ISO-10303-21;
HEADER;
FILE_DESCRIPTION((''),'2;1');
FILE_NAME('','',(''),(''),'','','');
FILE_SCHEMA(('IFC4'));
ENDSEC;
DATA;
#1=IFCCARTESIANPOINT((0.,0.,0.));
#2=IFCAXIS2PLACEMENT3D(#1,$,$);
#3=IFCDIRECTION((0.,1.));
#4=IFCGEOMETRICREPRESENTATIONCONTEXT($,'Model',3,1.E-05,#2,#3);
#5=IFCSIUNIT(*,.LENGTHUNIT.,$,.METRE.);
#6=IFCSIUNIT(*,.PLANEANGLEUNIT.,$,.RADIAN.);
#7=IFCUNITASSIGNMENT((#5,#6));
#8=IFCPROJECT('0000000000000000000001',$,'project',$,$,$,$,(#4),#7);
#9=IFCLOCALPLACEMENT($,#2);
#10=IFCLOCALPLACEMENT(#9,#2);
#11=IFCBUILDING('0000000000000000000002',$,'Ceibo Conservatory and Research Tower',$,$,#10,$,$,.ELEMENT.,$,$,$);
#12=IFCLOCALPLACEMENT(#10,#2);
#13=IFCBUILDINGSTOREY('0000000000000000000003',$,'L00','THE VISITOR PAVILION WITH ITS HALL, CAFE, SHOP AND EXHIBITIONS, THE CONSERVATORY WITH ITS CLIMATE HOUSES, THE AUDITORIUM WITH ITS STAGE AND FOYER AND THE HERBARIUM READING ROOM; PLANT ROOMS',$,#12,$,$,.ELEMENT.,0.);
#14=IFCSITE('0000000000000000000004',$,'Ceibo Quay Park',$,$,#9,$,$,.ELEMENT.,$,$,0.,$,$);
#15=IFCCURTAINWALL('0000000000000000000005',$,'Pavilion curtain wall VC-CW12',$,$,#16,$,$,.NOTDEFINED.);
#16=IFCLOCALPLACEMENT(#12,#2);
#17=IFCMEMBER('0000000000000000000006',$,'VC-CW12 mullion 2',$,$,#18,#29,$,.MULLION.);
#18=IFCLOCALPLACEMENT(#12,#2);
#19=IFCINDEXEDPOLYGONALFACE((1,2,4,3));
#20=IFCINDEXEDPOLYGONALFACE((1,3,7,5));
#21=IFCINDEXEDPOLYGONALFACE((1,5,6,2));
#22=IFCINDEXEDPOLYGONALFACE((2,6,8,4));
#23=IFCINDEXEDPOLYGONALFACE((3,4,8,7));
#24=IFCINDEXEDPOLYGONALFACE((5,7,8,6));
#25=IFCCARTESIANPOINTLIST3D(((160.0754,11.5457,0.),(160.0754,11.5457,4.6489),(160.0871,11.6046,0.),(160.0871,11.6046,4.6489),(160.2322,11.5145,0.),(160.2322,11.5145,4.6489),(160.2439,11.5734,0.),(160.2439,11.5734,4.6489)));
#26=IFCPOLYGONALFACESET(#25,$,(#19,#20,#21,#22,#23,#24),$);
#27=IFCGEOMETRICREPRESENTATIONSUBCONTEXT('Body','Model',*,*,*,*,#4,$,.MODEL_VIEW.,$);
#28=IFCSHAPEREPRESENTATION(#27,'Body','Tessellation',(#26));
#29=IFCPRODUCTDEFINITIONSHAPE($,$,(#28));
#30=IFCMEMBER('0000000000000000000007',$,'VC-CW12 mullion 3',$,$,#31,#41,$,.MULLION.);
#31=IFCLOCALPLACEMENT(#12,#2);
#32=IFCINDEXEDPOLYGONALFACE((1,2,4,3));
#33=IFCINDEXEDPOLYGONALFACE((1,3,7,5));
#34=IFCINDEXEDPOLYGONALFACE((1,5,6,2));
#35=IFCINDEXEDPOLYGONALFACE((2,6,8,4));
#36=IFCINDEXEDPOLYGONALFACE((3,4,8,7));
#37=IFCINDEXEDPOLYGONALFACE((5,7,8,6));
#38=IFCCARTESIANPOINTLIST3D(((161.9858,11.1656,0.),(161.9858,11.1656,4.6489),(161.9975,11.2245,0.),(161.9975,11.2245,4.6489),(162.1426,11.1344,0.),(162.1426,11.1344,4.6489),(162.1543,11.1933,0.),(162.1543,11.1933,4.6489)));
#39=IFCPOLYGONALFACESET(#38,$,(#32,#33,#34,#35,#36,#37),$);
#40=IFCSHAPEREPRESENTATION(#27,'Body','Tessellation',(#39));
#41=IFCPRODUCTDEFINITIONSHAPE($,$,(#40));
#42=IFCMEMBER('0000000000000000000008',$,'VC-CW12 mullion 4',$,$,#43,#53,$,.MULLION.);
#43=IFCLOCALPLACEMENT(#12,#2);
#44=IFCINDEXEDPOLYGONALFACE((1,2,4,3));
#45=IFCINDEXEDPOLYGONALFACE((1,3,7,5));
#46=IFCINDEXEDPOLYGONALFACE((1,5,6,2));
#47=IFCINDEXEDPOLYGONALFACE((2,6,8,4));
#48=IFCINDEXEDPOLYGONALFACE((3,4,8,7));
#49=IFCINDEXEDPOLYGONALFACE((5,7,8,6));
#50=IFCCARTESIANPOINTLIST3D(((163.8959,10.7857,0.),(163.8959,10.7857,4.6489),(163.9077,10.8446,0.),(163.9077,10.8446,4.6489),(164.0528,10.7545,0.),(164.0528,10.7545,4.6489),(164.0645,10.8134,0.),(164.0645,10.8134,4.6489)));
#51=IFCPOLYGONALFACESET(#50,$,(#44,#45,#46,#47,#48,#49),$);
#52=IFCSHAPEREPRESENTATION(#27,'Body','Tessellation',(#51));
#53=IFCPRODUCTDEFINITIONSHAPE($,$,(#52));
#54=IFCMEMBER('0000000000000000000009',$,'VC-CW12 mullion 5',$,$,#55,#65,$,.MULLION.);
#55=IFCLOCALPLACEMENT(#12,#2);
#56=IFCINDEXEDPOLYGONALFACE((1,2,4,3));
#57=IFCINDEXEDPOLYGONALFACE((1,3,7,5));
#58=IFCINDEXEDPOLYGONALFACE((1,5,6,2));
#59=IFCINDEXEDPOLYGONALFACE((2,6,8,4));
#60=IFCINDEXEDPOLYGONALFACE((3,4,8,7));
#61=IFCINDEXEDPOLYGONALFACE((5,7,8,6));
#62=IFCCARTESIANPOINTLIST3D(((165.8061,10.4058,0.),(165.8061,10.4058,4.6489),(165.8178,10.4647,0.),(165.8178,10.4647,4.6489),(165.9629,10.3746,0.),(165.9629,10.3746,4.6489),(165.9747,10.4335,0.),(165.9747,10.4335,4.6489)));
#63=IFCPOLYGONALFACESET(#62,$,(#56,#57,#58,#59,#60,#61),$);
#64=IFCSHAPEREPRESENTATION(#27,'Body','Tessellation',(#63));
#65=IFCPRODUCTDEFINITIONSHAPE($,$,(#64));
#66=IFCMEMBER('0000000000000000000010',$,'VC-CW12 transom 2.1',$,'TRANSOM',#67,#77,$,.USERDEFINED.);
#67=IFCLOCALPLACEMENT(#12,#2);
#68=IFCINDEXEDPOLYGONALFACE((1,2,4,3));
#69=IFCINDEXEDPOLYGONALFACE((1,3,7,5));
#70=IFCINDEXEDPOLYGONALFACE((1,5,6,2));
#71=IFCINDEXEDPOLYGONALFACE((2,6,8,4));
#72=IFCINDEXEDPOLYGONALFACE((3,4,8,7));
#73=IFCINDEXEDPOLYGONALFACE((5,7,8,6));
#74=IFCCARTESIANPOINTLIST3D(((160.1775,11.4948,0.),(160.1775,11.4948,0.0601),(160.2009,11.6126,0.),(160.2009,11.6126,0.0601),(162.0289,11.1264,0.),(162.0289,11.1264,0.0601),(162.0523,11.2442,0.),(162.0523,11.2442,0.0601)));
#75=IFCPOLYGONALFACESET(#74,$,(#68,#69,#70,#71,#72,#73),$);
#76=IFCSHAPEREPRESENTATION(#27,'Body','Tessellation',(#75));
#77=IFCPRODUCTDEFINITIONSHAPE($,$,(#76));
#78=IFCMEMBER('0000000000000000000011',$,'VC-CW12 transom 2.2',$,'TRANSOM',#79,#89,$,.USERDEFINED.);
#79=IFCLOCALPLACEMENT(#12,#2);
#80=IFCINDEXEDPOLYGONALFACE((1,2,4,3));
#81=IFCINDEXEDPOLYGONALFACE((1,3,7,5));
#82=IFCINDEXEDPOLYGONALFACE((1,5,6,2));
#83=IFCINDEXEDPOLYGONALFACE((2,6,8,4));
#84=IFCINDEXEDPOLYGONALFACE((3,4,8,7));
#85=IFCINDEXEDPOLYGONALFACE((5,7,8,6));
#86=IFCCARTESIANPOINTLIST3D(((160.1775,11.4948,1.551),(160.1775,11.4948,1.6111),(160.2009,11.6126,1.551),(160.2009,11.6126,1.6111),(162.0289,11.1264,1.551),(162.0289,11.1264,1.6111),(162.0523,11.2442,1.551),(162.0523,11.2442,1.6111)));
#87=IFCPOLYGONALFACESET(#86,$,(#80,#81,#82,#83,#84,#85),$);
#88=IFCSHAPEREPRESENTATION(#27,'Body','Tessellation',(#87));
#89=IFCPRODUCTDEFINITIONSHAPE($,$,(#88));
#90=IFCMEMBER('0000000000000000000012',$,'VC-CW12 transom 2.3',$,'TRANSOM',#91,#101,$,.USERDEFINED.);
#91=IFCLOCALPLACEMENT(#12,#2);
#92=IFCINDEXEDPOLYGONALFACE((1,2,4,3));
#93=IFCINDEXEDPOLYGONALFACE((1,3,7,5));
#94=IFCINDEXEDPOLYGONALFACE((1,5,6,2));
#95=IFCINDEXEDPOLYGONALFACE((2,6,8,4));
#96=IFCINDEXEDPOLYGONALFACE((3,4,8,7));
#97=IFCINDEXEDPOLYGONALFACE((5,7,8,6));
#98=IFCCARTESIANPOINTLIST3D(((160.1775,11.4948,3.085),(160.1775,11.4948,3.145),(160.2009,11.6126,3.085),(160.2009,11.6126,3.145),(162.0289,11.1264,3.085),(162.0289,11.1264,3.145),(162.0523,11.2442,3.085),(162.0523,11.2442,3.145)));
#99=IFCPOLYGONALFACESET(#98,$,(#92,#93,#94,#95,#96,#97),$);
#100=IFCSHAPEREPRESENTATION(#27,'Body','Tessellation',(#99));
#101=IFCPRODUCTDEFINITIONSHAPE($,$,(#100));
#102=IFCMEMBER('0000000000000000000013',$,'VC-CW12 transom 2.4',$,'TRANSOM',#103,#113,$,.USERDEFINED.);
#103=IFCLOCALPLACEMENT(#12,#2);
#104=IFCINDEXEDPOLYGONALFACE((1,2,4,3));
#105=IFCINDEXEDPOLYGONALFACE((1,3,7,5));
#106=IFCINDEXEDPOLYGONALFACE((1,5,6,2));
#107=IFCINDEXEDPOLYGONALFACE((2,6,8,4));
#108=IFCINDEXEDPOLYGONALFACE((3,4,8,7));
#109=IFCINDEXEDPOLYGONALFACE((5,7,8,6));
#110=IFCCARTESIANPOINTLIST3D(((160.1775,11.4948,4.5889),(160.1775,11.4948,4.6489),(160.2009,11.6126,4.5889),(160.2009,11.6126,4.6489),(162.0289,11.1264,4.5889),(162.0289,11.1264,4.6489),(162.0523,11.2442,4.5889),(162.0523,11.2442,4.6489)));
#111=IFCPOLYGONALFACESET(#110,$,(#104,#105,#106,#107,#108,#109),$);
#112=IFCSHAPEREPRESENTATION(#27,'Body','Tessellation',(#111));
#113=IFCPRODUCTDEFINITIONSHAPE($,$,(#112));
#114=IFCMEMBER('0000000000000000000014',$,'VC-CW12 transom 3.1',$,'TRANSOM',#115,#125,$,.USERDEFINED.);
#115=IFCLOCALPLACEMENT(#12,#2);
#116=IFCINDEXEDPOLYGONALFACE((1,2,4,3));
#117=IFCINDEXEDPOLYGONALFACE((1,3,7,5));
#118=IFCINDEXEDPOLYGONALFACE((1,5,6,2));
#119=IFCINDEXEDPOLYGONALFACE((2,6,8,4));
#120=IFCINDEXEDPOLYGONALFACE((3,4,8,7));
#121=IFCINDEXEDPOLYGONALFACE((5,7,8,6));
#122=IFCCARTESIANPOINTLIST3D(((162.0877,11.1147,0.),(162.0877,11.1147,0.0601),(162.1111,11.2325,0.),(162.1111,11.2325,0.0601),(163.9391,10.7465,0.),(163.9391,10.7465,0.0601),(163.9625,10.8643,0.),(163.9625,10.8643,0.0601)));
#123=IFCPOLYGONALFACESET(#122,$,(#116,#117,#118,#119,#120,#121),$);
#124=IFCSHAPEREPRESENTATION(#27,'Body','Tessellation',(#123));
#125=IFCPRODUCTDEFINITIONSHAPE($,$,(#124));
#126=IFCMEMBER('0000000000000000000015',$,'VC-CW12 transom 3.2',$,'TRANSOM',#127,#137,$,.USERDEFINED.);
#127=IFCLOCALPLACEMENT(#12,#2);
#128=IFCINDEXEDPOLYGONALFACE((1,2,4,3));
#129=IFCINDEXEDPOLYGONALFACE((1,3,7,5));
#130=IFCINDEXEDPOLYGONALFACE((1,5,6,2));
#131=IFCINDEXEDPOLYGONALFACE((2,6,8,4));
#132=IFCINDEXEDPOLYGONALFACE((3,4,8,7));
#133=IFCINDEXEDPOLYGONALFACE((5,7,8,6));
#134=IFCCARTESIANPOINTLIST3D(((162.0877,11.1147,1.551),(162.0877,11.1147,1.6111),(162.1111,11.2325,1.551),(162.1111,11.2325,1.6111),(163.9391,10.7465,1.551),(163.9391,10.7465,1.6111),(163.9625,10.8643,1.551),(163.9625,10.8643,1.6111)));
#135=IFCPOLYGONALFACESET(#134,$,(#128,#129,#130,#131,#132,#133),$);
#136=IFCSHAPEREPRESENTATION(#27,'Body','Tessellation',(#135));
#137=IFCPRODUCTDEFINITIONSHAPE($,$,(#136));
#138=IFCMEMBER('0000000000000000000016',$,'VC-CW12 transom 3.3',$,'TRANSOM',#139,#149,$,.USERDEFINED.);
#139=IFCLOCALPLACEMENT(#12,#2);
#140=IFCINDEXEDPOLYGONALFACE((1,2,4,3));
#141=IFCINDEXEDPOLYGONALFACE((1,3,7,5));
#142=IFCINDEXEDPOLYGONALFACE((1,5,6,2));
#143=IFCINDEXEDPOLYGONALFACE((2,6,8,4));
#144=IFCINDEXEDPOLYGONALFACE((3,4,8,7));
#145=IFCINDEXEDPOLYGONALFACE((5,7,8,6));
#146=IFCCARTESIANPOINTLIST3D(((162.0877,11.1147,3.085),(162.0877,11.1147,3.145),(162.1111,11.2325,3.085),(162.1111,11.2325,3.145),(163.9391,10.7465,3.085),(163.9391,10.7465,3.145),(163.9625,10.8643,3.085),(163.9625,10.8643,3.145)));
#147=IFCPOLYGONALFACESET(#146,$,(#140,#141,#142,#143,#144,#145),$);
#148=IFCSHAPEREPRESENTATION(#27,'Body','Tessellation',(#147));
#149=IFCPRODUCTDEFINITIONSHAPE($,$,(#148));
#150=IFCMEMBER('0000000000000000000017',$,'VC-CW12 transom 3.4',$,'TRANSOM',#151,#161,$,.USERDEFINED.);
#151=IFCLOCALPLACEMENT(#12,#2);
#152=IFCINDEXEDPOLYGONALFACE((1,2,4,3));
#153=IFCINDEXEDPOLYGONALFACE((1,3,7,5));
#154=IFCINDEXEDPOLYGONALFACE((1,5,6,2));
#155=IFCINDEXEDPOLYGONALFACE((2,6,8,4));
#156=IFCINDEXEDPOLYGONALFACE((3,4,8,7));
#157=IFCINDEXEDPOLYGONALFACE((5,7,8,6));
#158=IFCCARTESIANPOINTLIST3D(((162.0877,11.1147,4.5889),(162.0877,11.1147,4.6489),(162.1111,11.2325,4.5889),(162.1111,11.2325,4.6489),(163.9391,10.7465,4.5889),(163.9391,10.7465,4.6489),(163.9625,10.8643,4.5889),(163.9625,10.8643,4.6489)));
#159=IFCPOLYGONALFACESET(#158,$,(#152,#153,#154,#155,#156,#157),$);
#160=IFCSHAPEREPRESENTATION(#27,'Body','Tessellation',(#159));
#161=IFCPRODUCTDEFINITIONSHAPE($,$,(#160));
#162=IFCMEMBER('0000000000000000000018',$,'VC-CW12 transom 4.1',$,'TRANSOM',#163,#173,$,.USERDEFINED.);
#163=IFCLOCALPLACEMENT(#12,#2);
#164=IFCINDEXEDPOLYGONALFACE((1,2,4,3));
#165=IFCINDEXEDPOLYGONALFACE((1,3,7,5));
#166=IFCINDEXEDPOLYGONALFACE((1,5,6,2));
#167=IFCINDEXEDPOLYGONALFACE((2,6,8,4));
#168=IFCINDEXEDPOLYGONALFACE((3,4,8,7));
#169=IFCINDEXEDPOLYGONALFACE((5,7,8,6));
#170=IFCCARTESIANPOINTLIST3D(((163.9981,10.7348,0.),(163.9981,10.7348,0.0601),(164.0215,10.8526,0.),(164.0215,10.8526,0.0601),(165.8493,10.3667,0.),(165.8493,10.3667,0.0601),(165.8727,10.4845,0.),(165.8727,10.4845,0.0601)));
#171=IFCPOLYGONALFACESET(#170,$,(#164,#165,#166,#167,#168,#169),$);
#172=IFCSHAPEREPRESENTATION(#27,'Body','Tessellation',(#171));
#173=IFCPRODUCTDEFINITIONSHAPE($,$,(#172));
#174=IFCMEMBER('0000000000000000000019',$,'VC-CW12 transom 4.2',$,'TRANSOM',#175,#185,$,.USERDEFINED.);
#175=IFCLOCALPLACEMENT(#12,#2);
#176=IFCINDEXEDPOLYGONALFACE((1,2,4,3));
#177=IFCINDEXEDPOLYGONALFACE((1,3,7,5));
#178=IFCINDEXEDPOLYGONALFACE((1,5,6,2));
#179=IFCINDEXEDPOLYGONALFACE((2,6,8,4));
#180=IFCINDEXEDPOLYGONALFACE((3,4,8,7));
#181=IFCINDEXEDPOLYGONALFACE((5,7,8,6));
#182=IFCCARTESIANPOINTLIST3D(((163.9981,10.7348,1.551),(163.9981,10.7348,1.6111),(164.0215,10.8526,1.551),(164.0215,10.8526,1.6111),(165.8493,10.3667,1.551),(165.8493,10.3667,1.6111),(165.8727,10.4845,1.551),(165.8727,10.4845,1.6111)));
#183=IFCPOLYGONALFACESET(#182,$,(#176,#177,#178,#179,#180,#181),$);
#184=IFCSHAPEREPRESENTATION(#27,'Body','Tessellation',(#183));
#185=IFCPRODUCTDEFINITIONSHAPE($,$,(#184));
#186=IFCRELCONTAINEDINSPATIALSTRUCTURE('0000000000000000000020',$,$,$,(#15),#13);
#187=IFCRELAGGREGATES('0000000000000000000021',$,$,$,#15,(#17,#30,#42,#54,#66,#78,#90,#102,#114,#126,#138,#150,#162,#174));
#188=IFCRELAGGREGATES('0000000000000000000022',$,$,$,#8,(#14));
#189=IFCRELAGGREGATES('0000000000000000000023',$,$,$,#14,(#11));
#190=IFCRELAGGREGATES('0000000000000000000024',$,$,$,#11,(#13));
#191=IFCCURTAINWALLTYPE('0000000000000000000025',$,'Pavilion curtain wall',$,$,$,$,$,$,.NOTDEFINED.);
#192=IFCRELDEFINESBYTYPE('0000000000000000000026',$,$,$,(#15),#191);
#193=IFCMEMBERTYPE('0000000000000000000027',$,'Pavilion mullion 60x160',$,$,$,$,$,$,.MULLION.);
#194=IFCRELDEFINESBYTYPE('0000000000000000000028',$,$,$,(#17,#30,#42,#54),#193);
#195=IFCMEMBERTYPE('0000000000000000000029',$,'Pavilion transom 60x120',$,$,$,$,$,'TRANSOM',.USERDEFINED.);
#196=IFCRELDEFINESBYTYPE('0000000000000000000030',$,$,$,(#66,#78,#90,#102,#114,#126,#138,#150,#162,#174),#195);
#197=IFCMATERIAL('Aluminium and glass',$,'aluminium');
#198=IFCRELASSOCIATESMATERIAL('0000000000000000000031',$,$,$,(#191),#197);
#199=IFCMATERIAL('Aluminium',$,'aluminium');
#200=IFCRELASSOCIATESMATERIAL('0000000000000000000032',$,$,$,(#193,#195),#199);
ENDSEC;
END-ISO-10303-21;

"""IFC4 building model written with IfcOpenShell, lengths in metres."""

from ifc_helpers import new_model, si_unit, direction, frame, origin, origin_2d, place, context, subcontext, project, spatial, rectangle, extrude, material, material_profile, profile_set, type_object, element, aggregate, save


model = new_model("IFC4")

# Units and contexts
model_context = context("Model", 3, precision=1e-05, world=origin(), true_north=direction((0.0, 1.0)))
body_context = subcontext(model_context, "Body", "Model", "MODEL_VIEW")
ifc_project = project(units=[si_unit("LENGTHUNIT", "METRE"), si_unit("PLANEANGLEUNIT", "RADIAN")], contexts=[model_context])

# Site, building, storey
site_placement = place(None, origin())
site = spatial("IfcSite", under=ifc_project, at=site_placement, Name="Ceibo Quay Park", CompositionType="ELEMENT", RefElevation=0.0)
building_placement = place(site_placement, origin())
building = spatial("IfcBuilding", under=site, at=building_placement, Name="Ceibo Conservatory and Research Tower", CompositionType="ELEMENT")
storey_placement = place(building_placement, origin())
storey = spatial("IfcBuildingStorey", under=building, at=storey_placement, Name="L00", Description="THE VISITOR PAVILION WITH ITS HALL, CAFE, SHOP AND EXHIBITIONS, THE CONSERVATORY WITH ITS CLIMATE HOUSES, THE AUDITORIUM WITH ITS STAGE AND FOYER AND THE HERBARIUM READING ROOM; PLANT ROOMS", CompositionType="ELEMENT", Elevation=0.0)

# Curtain wall, members
ifc_material_1 = material(Name="Aluminium and glass", Category="aluminium")
curtain_wall_type = type_object("IfcCurtainWallType", Name="Pavilion curtain wall", PredefinedType="NOTDEFINED", material=ifc_material_1)
curtain_wall_placement = place(storey_placement, origin())
curtain_wall = element("IfcCurtainWall", 1, at=curtain_wall_placement, inside=storey, type_object=curtain_wall_type, Name="Pavilion curtain wall VC-CW12", PredefinedType="NOTDEFINED")
ifc_material_2 = material(Name="Aluminium", Category="aluminium")
ifc_material_profile_1 = material_profile(ifc_material_2, rectangle(XDim=0.0601, YDim=0.1599, at=origin_2d()), Name="AL 60x160")
ifc_profile_set_1 = profile_set([ifc_material_profile_1], Name="Aluminium")
member_type_1 = type_object("IfcMemberType", Name="Pavilion mullion 60x160", PredefinedType="MULLION", material=ifc_profile_set_1)
member_1_placement = place(storey_placement, frame((160.1597, 11.5596, 0.0), z_axis=(0.0, 0.0, 1.0), x_axis=(0.19509, 0.980785, 0.0)))
member_1 = element("IfcMember", 2, at=member_1_placement, type_object=member_type_1, Name="VC-CW12 mullion 2", PredefinedType="MULLION", context=body_context, shape_type="SweptSolid", body=[
    extrude(rectangle(XDim=0.0601, YDim=0.1599, at=origin_2d()), origin(), (0.0, 0.0, 1.0), 4.6489),
])
member_2_placement = place(storey_placement, frame((162.0701, 11.1794, 0.0), z_axis=(0.0, 0.0, 1.0), x_axis=(0.19509, 0.980785, 0.0)))
member_2 = element("IfcMember", 3, at=member_2_placement, type_object=member_type_1, Name="VC-CW12 mullion 3", PredefinedType="MULLION", context=body_context, shape_type="SweptSolid", body=[
    extrude(rectangle(XDim=0.0601, YDim=0.1599, at=origin_2d()), origin(), (0.0, 0.0, 1.0), 4.6489),
])
member_3_placement = place(storey_placement, frame((163.9802, 10.7996, 0.0), z_axis=(0.0, 0.0, 1.0), x_axis=(0.19509, 0.980785, 0.0)))
member_3 = element("IfcMember", 4, at=member_3_placement, type_object=member_type_1, Name="VC-CW12 mullion 4", PredefinedType="MULLION", context=body_context, shape_type="SweptSolid", body=[
    extrude(rectangle(XDim=0.0601, YDim=0.1599, at=origin_2d()), origin(), (0.0, 0.0, 1.0), 4.6489),
])
member_4_placement = place(storey_placement, frame((165.8904, 10.4197, 0.0), z_axis=(0.0, 0.0, 1.0), x_axis=(0.19509, 0.980785, 0.0)))
member_4 = element("IfcMember", 5, at=member_4_placement, type_object=member_type_1, Name="VC-CW12 mullion 5", PredefinedType="MULLION", context=body_context, shape_type="SweptSolid", body=[
    extrude(rectangle(XDim=0.0601, YDim=0.1599, at=origin_2d()), origin(), (0.0, 0.0, 1.0), 4.6489),
])
ifc_material_profile_2 = material_profile(ifc_material_2, rectangle(XDim=0.1201, YDim=0.0601, at=origin_2d()), Name="AL 60x120")
ifc_profile_set_2 = profile_set([ifc_material_profile_2], Name="Aluminium")
member_type_2 = type_object("IfcMemberType", Name="Pavilion transom 60x120", ElementType="TRANSOM", PredefinedType="USERDEFINED", material=ifc_profile_set_2)
member_5_placement = place(storey_placement, frame((160.1892, 11.5537, 0.03), z_axis=(0.980769, -0.195171, 0.0), x_axis=(0.195171, 0.980769, 0.0)))
member_5 = element("IfcMember", 6, at=member_5_placement, type_object=member_type_2, Name="VC-CW12 transom 2.1", ObjectType="TRANSOM", PredefinedType="USERDEFINED", context=body_context, shape_type="SweptSolid", body=[
    extrude(rectangle(XDim=0.1201, YDim=0.0601, at=origin_2d()), origin(), (0.0, 0.0, 1.0), 1.8877),
])
member_6_placement = place(storey_placement, frame((160.1892, 11.5537, 1.5811), z_axis=(0.980769, -0.195171, 0.0), x_axis=(0.195171, 0.980769, 0.0)))
member_6 = element("IfcMember", 7, at=member_6_placement, type_object=member_type_2, Name="VC-CW12 transom 2.2", ObjectType="TRANSOM", PredefinedType="USERDEFINED", context=body_context, shape_type="SweptSolid", body=[
    extrude(rectangle(XDim=0.1201, YDim=0.0601, at=origin_2d()), origin(), (0.0, 0.0, 1.0), 1.8877),
])
member_7_placement = place(storey_placement, frame((160.1892, 11.5537, 3.115), z_axis=(0.980769, -0.195171, 0.0), x_axis=(0.195171, 0.980769, 0.0)))
member_7 = element("IfcMember", 8, at=member_7_placement, type_object=member_type_2, Name="VC-CW12 transom 2.3", ObjectType="TRANSOM", PredefinedType="USERDEFINED", context=body_context, shape_type="SweptSolid", body=[
    extrude(rectangle(XDim=0.1201, YDim=0.0601, at=origin_2d()), origin(), (0.0, 0.0, 1.0), 1.8877),
])
member_8_placement = place(storey_placement, frame((160.1892, 11.5537, 4.6189), z_axis=(0.980769, -0.195171, 0.0), x_axis=(0.195171, 0.980769, 0.0)))
member_8 = element("IfcMember", 9, at=member_8_placement, type_object=member_type_2, Name="VC-CW12 transom 2.4", ObjectType="TRANSOM", PredefinedType="USERDEFINED", context=body_context, shape_type="SweptSolid", body=[
    extrude(rectangle(XDim=0.1201, YDim=0.0601, at=origin_2d()), origin(), (0.0, 0.0, 1.0), 1.8877),
])
member_9_placement = place(storey_placement, frame((162.0994, 11.1736, 0.03), z_axis=(0.980799, -0.195022, 0.0), x_axis=(0.195022, 0.980799, 0.0)))
member_9 = element("IfcMember", 10, at=member_9_placement, type_object=member_type_2, Name="VC-CW12 transom 3.1", ObjectType="TRANSOM", PredefinedType="USERDEFINED", context=body_context, shape_type="SweptSolid", body=[
    extrude(rectangle(XDim=0.1201, YDim=0.0601, at=origin_2d()), origin(), (0.0, 0.0, 1.0), 1.8877),
])
member_10_placement = place(storey_placement, frame((162.0994, 11.1736, 1.5811), z_axis=(0.980799, -0.195022, 0.0), x_axis=(0.195022, 0.980799, 0.0)))
member_10 = element("IfcMember", 11, at=member_10_placement, type_object=member_type_2, Name="VC-CW12 transom 3.2", ObjectType="TRANSOM", PredefinedType="USERDEFINED", context=body_context, shape_type="SweptSolid", body=[
    extrude(rectangle(XDim=0.1201, YDim=0.0601, at=origin_2d()), origin(), (0.0, 0.0, 1.0), 1.8877),
])
member_11_placement = place(storey_placement, frame((162.0994, 11.1736, 3.115), z_axis=(0.980799, -0.195022, 0.0), x_axis=(0.195022, 0.980799, 0.0)))
member_11 = element("IfcMember", 12, at=member_11_placement, type_object=member_type_2, Name="VC-CW12 transom 3.3", ObjectType="TRANSOM", PredefinedType="USERDEFINED", context=body_context, shape_type="SweptSolid", body=[
    extrude(rectangle(XDim=0.1201, YDim=0.0601, at=origin_2d()), origin(), (0.0, 0.0, 1.0), 1.8877),
])
member_12_placement = place(storey_placement, frame((162.0994, 11.1736, 4.6189), z_axis=(0.980799, -0.195022, 0.0), x_axis=(0.195022, 0.980799, 0.0)))
member_12 = element("IfcMember", 13, at=member_12_placement, type_object=member_type_2, Name="VC-CW12 transom 3.4", ObjectType="TRANSOM", PredefinedType="USERDEFINED", context=body_context, shape_type="SweptSolid", body=[
    extrude(rectangle(XDim=0.1201, YDim=0.0601, at=origin_2d()), origin(), (0.0, 0.0, 1.0), 1.8877),
])
member_13_placement = place(storey_placement, frame((164.0098, 10.7937, 0.03), z_axis=(0.980794, -0.195046, 0.0), x_axis=(0.195046, 0.980794, 0.0)))
member_13 = element("IfcMember", 14, at=member_13_placement, type_object=member_type_2, Name="VC-CW12 transom 4.1", ObjectType="TRANSOM", PredefinedType="USERDEFINED", context=body_context, shape_type="SweptSolid", body=[
    extrude(rectangle(XDim=0.1201, YDim=0.0601, at=origin_2d()), origin(), (0.0, 0.0, 1.0), 1.8875),
])
member_14_placement = place(storey_placement, frame((164.0098, 10.7937, 1.5811), z_axis=(0.980794, -0.195046, 0.0), x_axis=(0.195046, 0.980794, 0.0)))
member_14 = element("IfcMember", 15, at=member_14_placement, type_object=member_type_2, Name="VC-CW12 transom 4.2", ObjectType="TRANSOM", PredefinedType="USERDEFINED", context=body_context, shape_type="SweptSolid", body=[
    extrude(rectangle(XDim=0.1201, YDim=0.0601, at=origin_2d()), origin(), (0.0, 0.0, 1.0), 1.8875),
])
aggregate(curtain_wall, [member_1, member_2, member_3, member_4, member_5, member_6, member_7, member_8, member_9, member_10, member_11, member_12, member_13, member_14])

save(model, "model.ifc")
